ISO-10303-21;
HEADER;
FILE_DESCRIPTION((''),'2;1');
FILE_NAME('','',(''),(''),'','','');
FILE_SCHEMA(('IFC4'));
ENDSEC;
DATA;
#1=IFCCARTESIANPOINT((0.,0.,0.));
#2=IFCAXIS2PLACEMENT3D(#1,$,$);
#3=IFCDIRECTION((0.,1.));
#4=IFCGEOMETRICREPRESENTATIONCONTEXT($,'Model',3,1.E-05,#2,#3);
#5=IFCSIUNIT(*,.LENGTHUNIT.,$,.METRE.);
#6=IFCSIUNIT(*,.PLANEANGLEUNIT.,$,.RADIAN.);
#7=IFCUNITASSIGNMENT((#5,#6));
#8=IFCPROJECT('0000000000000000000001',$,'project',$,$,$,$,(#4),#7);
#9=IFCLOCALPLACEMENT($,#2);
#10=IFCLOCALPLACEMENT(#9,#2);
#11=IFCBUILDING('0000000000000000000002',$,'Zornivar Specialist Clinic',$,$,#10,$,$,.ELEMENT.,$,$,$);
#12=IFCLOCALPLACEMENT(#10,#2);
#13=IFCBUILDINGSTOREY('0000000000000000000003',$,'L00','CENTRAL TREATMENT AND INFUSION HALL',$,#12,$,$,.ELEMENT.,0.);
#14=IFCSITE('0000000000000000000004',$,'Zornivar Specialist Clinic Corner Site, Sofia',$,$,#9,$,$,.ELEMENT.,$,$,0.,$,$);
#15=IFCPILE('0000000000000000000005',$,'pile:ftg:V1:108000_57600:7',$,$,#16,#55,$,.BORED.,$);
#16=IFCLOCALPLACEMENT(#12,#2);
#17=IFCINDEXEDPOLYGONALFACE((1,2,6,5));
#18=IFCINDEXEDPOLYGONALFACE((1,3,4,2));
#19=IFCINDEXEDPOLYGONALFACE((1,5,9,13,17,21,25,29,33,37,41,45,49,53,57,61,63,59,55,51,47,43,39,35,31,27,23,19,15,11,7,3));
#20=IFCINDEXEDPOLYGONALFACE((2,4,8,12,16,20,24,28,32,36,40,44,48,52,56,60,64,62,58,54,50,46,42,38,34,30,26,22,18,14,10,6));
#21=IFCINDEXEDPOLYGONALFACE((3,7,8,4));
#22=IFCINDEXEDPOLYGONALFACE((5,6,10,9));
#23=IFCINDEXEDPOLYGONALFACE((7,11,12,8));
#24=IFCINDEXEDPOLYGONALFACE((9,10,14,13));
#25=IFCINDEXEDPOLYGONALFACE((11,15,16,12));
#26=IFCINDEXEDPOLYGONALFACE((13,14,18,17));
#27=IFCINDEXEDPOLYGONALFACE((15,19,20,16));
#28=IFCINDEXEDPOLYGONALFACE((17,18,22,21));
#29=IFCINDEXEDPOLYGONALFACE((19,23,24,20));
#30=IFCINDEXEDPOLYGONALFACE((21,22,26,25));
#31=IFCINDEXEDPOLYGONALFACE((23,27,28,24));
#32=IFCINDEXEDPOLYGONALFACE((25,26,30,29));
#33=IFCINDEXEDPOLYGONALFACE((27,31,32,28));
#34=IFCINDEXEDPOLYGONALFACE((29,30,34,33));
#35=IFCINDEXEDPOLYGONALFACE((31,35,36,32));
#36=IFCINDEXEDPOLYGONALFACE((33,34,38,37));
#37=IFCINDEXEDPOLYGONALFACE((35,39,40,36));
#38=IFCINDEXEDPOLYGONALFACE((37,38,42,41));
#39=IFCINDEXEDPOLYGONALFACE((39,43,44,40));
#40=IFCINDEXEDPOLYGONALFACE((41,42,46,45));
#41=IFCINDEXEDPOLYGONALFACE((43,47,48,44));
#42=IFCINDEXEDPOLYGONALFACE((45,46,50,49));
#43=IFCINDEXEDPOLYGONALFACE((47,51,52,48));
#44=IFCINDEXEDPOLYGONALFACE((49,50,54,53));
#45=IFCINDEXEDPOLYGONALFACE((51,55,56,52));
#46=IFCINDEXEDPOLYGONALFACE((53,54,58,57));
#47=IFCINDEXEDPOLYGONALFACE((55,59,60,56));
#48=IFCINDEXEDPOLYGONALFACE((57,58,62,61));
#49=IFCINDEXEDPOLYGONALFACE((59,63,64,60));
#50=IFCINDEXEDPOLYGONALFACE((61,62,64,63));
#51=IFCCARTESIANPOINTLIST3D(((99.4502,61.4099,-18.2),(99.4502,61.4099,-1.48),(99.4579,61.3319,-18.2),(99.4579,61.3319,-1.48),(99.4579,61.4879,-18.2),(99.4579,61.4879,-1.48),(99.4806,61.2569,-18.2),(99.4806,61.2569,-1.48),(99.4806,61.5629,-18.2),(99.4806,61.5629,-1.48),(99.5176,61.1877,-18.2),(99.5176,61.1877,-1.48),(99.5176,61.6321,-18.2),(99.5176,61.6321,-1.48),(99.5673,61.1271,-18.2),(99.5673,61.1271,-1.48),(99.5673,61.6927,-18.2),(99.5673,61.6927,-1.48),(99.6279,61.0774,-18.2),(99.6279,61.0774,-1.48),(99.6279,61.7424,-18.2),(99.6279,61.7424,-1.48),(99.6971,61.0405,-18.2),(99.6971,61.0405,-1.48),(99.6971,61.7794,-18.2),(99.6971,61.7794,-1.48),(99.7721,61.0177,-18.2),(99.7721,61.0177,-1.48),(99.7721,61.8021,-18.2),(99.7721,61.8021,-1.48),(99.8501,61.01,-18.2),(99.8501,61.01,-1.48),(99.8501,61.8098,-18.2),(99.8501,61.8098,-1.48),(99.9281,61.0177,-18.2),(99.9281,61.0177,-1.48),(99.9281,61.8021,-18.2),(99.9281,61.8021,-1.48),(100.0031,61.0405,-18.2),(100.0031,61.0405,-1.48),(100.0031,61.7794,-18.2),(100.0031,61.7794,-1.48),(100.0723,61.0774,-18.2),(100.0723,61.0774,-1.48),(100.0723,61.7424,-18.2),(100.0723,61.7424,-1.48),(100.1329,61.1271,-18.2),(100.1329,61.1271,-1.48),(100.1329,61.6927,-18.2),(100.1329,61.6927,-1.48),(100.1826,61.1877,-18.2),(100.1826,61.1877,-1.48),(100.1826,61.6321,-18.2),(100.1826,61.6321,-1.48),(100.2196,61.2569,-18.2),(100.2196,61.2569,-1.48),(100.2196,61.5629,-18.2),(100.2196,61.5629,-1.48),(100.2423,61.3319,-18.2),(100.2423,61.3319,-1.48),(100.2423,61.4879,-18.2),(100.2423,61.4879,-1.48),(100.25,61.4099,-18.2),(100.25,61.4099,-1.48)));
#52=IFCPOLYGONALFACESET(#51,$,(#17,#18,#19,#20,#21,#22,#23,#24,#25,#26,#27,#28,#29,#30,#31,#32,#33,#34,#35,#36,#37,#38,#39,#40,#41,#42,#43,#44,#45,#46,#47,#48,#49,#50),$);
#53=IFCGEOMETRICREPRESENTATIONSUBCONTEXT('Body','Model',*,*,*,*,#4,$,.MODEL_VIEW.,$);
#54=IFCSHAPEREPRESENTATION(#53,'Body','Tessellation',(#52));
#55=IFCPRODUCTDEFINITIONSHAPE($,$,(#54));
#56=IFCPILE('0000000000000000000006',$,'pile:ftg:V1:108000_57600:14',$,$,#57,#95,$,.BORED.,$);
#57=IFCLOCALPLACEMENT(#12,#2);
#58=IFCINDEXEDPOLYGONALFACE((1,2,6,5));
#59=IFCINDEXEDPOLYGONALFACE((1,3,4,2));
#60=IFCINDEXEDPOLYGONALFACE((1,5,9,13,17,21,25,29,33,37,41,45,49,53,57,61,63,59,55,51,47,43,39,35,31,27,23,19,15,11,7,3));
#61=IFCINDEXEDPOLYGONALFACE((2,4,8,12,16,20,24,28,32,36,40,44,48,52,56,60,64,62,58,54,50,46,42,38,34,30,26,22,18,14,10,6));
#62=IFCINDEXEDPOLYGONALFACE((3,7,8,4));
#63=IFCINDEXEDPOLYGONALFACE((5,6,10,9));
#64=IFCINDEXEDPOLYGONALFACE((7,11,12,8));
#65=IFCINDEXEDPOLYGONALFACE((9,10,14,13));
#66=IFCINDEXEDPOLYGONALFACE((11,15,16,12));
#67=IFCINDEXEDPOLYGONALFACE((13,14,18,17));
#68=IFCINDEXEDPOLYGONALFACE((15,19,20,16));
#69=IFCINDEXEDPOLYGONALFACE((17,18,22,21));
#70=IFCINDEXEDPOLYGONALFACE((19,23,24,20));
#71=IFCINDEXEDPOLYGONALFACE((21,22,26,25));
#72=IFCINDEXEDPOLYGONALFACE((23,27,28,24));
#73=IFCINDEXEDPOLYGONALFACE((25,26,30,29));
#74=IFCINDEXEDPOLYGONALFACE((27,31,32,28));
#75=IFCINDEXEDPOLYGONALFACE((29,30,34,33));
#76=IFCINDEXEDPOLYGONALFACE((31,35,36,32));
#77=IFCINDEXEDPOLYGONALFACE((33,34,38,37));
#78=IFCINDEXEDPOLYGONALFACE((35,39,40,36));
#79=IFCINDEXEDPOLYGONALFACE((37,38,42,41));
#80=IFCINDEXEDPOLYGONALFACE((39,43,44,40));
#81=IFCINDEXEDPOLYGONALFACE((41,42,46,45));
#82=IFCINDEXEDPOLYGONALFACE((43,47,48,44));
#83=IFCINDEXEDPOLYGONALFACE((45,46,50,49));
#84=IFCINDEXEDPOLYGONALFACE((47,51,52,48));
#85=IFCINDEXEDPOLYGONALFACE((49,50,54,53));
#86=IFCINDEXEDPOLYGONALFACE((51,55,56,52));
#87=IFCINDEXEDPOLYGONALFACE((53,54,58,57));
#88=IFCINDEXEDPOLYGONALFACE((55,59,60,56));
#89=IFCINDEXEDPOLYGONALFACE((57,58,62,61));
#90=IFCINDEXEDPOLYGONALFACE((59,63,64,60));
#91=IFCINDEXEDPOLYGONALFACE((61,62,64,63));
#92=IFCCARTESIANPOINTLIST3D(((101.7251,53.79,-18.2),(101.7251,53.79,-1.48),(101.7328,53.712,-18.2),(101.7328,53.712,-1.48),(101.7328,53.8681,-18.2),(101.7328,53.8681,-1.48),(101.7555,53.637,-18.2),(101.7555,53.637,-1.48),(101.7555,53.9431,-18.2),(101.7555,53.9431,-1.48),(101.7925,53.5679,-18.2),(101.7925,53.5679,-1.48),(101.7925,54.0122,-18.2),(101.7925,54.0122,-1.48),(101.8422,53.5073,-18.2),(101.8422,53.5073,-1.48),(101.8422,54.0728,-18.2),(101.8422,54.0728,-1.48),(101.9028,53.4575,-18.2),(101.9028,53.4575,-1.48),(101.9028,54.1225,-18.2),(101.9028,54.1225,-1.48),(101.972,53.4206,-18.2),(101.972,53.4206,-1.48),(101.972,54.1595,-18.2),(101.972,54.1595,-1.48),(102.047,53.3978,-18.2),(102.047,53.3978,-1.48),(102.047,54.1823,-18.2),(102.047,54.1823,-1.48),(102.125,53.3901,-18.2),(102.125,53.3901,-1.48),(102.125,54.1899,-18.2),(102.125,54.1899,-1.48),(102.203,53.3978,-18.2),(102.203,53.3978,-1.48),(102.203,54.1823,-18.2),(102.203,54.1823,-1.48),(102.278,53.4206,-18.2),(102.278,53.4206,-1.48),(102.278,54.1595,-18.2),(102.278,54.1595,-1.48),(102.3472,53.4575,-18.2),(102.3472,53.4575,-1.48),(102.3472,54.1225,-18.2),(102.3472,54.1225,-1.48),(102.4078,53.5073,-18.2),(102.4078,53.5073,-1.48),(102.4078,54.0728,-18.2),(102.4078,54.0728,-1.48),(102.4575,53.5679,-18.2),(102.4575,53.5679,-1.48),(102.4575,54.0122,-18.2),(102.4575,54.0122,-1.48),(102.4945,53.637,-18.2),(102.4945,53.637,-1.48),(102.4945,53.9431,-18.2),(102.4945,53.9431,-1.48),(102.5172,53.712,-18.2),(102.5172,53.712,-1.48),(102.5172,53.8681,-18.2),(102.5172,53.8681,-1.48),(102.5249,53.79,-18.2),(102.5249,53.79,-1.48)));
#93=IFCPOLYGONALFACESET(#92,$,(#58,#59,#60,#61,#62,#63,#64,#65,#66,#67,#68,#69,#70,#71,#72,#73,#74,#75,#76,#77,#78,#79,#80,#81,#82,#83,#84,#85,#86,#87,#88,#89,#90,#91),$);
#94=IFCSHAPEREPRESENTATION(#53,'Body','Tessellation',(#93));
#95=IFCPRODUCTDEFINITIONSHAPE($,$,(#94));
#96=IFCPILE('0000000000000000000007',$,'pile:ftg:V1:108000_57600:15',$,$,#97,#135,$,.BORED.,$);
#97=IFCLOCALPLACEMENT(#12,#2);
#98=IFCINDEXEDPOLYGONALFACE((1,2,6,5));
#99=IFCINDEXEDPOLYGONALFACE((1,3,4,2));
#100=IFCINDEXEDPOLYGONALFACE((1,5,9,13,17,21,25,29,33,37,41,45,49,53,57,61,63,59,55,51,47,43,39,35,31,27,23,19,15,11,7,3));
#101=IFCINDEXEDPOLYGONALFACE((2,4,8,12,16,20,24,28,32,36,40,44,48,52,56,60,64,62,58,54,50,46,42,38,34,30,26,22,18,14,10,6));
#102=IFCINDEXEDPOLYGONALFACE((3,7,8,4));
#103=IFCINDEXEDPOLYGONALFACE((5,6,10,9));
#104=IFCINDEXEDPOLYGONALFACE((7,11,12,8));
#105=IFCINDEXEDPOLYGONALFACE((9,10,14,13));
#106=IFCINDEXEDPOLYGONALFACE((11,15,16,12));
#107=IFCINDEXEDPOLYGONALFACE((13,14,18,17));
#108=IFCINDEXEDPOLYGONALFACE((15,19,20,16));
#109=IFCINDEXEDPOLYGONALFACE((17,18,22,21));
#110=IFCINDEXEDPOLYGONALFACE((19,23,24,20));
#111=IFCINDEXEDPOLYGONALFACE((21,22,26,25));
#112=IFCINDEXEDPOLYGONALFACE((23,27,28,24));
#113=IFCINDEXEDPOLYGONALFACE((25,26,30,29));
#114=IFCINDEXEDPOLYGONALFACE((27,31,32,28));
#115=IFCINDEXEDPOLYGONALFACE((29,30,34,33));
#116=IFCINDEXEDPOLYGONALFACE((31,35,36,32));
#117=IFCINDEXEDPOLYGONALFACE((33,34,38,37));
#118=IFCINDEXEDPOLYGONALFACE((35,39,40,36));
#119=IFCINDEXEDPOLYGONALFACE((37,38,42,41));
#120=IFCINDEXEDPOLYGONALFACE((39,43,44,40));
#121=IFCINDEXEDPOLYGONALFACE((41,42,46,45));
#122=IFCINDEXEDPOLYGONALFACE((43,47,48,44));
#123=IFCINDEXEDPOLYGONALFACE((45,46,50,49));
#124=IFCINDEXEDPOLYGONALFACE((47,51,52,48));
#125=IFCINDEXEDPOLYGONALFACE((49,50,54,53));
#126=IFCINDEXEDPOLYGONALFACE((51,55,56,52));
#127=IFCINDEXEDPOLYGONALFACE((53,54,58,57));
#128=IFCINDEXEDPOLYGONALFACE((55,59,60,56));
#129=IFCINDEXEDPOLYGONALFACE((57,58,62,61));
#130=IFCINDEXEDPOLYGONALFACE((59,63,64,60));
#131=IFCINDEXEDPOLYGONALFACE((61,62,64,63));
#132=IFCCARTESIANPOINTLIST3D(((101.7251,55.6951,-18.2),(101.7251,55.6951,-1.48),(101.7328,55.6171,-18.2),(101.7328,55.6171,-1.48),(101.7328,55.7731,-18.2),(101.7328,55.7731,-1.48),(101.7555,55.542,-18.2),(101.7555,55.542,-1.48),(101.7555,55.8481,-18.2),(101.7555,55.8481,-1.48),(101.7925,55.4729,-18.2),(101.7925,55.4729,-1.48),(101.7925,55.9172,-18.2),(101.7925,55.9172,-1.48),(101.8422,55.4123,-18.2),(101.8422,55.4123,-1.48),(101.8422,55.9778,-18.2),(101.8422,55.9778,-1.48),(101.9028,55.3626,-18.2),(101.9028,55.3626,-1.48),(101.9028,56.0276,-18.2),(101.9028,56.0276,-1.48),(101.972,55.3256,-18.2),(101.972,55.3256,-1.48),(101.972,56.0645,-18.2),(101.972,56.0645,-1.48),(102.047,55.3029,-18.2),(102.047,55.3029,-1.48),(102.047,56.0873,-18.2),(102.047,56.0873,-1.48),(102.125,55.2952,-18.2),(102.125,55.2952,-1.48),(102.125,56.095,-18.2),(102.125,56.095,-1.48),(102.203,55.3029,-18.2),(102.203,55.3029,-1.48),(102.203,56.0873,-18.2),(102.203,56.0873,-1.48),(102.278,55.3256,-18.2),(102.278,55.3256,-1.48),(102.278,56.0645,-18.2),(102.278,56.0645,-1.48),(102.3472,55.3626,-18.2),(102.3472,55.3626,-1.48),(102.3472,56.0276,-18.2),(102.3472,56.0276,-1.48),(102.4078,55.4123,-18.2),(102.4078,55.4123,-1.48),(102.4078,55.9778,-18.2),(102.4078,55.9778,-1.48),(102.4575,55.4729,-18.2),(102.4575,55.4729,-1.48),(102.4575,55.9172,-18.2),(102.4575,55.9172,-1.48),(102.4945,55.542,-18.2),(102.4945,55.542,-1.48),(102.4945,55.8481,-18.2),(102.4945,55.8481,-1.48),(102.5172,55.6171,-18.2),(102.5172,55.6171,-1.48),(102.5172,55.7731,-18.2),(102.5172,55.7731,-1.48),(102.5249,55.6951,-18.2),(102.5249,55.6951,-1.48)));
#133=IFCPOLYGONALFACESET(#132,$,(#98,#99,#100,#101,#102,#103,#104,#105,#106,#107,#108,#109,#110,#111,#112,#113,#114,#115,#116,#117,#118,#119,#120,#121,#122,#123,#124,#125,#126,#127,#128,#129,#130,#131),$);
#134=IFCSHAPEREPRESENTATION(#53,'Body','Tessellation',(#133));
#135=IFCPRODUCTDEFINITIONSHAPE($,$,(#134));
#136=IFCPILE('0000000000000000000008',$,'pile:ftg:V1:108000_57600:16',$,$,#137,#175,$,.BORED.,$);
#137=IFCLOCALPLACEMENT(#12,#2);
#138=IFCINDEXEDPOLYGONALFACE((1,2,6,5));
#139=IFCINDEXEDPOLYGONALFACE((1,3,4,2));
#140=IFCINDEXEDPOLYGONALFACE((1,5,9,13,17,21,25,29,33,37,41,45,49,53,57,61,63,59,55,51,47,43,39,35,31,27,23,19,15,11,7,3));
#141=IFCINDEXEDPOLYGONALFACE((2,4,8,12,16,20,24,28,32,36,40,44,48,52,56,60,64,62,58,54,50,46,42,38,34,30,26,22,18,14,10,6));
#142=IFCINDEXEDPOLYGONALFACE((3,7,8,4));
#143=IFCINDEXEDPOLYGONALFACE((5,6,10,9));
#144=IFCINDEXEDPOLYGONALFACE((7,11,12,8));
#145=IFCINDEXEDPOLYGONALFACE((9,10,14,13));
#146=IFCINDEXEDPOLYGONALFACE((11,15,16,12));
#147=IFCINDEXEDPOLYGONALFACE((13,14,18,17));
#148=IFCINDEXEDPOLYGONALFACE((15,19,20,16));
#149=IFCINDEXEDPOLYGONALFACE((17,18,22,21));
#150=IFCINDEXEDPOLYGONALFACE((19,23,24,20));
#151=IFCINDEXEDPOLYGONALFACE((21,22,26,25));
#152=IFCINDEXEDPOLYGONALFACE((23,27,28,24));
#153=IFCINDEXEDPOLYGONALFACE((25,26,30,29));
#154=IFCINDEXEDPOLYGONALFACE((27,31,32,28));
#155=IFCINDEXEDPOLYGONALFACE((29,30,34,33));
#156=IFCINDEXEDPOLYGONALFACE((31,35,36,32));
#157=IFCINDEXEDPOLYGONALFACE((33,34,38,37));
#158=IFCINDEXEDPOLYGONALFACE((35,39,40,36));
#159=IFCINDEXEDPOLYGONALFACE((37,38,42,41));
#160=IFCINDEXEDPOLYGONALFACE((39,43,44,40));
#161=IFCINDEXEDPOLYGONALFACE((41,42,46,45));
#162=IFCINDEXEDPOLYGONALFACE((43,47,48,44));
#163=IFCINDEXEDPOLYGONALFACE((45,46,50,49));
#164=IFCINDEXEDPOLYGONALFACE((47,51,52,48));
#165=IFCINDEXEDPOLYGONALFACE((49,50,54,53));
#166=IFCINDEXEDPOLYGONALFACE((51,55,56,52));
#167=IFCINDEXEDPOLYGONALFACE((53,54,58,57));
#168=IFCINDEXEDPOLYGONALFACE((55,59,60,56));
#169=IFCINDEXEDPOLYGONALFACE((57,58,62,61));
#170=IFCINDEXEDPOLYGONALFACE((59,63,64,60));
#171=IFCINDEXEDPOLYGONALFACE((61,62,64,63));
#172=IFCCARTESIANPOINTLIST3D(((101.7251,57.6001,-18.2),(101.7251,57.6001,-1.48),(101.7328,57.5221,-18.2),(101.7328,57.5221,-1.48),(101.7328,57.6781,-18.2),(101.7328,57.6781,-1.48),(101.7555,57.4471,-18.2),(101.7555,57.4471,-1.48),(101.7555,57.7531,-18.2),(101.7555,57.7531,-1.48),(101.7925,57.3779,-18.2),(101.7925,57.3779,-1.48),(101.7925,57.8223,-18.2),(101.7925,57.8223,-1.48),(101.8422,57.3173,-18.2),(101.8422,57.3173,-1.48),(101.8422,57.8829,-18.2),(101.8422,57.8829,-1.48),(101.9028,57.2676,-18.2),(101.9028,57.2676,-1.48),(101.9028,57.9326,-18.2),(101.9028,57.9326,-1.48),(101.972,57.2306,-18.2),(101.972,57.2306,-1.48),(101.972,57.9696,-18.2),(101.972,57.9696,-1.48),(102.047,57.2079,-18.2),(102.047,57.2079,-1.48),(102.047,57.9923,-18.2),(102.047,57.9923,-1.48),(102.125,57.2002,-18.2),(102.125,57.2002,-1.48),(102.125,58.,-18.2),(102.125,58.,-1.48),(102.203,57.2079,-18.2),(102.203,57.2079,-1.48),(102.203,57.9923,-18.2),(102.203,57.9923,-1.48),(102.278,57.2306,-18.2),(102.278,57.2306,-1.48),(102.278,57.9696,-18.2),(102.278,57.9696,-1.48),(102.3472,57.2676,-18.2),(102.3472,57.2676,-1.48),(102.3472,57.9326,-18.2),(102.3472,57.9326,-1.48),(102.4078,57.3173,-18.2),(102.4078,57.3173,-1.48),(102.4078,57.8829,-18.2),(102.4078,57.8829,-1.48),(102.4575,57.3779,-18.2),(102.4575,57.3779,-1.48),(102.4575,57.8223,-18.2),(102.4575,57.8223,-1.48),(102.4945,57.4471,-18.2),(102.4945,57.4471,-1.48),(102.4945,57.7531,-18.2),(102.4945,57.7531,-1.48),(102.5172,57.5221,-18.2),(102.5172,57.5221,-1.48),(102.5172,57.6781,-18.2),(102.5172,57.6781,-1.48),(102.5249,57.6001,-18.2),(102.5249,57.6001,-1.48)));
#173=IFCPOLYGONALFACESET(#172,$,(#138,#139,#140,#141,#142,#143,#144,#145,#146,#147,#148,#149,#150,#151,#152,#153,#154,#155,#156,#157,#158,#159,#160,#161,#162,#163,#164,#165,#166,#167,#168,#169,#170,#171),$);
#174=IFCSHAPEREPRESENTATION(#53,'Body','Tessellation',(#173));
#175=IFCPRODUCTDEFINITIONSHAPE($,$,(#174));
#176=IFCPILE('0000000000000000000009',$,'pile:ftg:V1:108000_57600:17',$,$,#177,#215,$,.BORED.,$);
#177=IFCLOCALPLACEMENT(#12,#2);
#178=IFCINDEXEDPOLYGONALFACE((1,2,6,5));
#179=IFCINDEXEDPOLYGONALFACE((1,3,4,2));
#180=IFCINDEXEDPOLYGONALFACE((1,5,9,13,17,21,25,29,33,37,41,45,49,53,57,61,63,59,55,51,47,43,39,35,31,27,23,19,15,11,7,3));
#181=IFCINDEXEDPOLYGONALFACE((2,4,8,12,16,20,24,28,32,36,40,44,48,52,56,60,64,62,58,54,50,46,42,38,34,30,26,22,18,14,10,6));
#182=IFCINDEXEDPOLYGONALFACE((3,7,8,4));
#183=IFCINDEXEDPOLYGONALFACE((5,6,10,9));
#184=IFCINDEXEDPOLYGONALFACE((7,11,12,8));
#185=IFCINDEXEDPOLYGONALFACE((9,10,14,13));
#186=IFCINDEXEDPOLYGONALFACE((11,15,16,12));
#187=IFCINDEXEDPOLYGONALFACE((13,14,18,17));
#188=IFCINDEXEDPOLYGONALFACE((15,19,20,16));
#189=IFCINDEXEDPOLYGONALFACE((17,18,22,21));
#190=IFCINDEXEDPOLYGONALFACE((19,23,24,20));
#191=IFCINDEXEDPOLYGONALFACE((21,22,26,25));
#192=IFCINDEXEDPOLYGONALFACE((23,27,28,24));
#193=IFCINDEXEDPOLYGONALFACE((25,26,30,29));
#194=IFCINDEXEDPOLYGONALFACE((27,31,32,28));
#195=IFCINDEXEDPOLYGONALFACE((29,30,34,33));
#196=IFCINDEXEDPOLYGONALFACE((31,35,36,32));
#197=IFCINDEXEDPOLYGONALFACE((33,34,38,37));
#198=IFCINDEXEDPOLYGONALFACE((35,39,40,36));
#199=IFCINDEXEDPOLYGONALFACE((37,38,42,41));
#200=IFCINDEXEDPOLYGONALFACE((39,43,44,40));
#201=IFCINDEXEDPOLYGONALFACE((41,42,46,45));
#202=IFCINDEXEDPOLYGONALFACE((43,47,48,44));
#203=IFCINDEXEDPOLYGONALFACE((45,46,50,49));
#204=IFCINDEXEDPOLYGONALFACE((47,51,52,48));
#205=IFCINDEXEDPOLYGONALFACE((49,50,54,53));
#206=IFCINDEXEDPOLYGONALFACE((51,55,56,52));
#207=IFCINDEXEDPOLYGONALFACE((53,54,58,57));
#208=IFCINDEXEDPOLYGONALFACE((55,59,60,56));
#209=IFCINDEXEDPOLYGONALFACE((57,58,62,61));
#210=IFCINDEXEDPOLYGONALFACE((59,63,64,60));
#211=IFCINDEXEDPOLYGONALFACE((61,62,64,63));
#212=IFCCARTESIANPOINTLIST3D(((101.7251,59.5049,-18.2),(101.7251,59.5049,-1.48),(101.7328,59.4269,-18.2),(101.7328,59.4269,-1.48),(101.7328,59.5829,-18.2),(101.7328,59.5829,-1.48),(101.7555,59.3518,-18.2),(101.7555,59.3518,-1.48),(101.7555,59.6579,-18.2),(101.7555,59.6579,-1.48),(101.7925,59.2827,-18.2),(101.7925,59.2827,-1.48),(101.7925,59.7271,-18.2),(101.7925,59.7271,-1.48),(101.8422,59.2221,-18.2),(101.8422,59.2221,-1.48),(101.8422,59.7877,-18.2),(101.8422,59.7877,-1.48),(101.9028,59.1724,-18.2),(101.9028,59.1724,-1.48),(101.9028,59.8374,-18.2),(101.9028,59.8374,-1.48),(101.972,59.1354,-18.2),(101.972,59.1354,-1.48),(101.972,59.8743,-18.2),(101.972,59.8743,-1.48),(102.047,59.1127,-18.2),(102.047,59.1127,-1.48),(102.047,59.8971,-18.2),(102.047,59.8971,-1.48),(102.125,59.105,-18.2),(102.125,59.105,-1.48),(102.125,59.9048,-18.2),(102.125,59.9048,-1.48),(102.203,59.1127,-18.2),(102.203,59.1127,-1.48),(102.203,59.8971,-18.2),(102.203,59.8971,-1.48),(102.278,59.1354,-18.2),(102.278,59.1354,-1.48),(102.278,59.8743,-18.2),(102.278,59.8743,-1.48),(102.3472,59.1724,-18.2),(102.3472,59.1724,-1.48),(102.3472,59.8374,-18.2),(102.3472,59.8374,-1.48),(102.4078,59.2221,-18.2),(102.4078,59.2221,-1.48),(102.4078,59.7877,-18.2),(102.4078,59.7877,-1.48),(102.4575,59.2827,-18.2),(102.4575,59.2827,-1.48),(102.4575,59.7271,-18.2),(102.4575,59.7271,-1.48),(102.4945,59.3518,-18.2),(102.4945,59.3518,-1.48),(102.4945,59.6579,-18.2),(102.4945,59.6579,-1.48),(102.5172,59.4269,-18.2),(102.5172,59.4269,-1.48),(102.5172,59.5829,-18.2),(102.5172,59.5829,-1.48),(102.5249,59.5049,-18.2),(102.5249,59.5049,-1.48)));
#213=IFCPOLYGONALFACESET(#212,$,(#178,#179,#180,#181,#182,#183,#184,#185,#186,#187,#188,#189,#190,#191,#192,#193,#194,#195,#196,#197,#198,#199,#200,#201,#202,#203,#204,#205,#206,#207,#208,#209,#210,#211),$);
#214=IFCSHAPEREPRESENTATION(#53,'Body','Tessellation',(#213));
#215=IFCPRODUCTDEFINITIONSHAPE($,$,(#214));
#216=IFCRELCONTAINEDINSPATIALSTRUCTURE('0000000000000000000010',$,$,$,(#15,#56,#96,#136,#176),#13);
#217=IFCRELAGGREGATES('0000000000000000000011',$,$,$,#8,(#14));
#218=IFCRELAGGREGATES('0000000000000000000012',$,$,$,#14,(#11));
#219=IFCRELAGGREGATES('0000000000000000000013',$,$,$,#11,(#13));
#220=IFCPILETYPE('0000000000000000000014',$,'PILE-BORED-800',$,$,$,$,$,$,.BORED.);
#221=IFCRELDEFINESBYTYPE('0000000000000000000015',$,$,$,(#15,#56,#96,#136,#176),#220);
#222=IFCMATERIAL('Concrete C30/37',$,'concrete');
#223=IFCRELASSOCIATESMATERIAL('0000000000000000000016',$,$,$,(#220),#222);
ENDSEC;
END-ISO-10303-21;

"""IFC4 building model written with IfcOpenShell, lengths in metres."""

from ifc_helpers import new_model, si_unit, direction, frame, origin, origin_2d, place, context, subcontext, project, spatial, circle, extrude, material, material_profile, profile_set, type_object, element, save


model = new_model("IFC4")

# Units and contexts
model_context = context("Model", 3, precision=1e-05, world=origin(), true_north=direction((0.0, 1.0)))
body_context = subcontext(model_context, "Body", "Model", "MODEL_VIEW")
ifc_project = project(units=[si_unit("LENGTHUNIT", "METRE"), si_unit("PLANEANGLEUNIT", "RADIAN")], contexts=[model_context])

# Site, building, storey
site_placement = place(None, origin())
site = spatial("IfcSite", under=ifc_project, at=site_placement, Name="Zornivar Specialist Clinic Corner Site, Sofia", CompositionType="ELEMENT", RefElevation=0.0)
building_placement = place(site_placement, origin())
building = spatial("IfcBuilding", under=site, at=building_placement, Name="Zornivar Specialist Clinic", CompositionType="ELEMENT")
storey_placement = place(building_placement, origin())
storey = spatial("IfcBuildingStorey", under=building, at=storey_placement, Name="L00", Description="CENTRAL TREATMENT AND INFUSION HALL", CompositionType="ELEMENT", Elevation=0.0)

# Piles
ifc_material_1 = material(Name="Concrete C30/37", Category="concrete")
ifc_material_profile_1 = material_profile(ifc_material_1, circle(Radius=0.3999, at=origin_2d()), Name="PILE D800")
ifc_profile_set_1 = profile_set([ifc_material_profile_1], Name="Concrete C30/37")
pile_type = type_object("IfcPileType", Name="PILE-BORED-800", PredefinedType="BORED", material=ifc_profile_set_1)
for number, where, z_axis, x_axis, name in (
    (1, (99.8501, 61.4099, -1.48), (0.0, 0.0, -1.0), (1.0, 0.0, 0.0), "pile:ftg:V1:108000_57600:7"),
    (2, (102.125, 53.79, -1.48), (0.0, 0.0, -1.0), (1.0, 0.0, 0.0), "pile:ftg:V1:108000_57600:14"),
    (3, (102.125, 55.6951, -1.48), (0.0, 0.0, -1.0), (1.0, 0.0, 0.0), "pile:ftg:V1:108000_57600:15"),
    (4, (102.125, 57.6001, -1.48), (0.0, 0.0, -1.0), (1.0, 0.0, 0.0), "pile:ftg:V1:108000_57600:16"),
    (5, (102.125, 59.5049, -1.48), (0.0, 0.0, -1.0), (1.0, 0.0, 0.0), "pile:ftg:V1:108000_57600:17"),
):
    element("IfcPile", number, at=place(storey_placement, frame(where, z_axis=z_axis, x_axis=x_axis)), inside=storey, type_object=pile_type, Name=name, PredefinedType="BORED", context=body_context, shape_type="SweptSolid", body=[
        extrude(circle(Radius=0.3999, at=origin_2d()), origin(), (0.0, 0.0, 1.0), 16.72),
    ])

save(model, "model.ifc")
